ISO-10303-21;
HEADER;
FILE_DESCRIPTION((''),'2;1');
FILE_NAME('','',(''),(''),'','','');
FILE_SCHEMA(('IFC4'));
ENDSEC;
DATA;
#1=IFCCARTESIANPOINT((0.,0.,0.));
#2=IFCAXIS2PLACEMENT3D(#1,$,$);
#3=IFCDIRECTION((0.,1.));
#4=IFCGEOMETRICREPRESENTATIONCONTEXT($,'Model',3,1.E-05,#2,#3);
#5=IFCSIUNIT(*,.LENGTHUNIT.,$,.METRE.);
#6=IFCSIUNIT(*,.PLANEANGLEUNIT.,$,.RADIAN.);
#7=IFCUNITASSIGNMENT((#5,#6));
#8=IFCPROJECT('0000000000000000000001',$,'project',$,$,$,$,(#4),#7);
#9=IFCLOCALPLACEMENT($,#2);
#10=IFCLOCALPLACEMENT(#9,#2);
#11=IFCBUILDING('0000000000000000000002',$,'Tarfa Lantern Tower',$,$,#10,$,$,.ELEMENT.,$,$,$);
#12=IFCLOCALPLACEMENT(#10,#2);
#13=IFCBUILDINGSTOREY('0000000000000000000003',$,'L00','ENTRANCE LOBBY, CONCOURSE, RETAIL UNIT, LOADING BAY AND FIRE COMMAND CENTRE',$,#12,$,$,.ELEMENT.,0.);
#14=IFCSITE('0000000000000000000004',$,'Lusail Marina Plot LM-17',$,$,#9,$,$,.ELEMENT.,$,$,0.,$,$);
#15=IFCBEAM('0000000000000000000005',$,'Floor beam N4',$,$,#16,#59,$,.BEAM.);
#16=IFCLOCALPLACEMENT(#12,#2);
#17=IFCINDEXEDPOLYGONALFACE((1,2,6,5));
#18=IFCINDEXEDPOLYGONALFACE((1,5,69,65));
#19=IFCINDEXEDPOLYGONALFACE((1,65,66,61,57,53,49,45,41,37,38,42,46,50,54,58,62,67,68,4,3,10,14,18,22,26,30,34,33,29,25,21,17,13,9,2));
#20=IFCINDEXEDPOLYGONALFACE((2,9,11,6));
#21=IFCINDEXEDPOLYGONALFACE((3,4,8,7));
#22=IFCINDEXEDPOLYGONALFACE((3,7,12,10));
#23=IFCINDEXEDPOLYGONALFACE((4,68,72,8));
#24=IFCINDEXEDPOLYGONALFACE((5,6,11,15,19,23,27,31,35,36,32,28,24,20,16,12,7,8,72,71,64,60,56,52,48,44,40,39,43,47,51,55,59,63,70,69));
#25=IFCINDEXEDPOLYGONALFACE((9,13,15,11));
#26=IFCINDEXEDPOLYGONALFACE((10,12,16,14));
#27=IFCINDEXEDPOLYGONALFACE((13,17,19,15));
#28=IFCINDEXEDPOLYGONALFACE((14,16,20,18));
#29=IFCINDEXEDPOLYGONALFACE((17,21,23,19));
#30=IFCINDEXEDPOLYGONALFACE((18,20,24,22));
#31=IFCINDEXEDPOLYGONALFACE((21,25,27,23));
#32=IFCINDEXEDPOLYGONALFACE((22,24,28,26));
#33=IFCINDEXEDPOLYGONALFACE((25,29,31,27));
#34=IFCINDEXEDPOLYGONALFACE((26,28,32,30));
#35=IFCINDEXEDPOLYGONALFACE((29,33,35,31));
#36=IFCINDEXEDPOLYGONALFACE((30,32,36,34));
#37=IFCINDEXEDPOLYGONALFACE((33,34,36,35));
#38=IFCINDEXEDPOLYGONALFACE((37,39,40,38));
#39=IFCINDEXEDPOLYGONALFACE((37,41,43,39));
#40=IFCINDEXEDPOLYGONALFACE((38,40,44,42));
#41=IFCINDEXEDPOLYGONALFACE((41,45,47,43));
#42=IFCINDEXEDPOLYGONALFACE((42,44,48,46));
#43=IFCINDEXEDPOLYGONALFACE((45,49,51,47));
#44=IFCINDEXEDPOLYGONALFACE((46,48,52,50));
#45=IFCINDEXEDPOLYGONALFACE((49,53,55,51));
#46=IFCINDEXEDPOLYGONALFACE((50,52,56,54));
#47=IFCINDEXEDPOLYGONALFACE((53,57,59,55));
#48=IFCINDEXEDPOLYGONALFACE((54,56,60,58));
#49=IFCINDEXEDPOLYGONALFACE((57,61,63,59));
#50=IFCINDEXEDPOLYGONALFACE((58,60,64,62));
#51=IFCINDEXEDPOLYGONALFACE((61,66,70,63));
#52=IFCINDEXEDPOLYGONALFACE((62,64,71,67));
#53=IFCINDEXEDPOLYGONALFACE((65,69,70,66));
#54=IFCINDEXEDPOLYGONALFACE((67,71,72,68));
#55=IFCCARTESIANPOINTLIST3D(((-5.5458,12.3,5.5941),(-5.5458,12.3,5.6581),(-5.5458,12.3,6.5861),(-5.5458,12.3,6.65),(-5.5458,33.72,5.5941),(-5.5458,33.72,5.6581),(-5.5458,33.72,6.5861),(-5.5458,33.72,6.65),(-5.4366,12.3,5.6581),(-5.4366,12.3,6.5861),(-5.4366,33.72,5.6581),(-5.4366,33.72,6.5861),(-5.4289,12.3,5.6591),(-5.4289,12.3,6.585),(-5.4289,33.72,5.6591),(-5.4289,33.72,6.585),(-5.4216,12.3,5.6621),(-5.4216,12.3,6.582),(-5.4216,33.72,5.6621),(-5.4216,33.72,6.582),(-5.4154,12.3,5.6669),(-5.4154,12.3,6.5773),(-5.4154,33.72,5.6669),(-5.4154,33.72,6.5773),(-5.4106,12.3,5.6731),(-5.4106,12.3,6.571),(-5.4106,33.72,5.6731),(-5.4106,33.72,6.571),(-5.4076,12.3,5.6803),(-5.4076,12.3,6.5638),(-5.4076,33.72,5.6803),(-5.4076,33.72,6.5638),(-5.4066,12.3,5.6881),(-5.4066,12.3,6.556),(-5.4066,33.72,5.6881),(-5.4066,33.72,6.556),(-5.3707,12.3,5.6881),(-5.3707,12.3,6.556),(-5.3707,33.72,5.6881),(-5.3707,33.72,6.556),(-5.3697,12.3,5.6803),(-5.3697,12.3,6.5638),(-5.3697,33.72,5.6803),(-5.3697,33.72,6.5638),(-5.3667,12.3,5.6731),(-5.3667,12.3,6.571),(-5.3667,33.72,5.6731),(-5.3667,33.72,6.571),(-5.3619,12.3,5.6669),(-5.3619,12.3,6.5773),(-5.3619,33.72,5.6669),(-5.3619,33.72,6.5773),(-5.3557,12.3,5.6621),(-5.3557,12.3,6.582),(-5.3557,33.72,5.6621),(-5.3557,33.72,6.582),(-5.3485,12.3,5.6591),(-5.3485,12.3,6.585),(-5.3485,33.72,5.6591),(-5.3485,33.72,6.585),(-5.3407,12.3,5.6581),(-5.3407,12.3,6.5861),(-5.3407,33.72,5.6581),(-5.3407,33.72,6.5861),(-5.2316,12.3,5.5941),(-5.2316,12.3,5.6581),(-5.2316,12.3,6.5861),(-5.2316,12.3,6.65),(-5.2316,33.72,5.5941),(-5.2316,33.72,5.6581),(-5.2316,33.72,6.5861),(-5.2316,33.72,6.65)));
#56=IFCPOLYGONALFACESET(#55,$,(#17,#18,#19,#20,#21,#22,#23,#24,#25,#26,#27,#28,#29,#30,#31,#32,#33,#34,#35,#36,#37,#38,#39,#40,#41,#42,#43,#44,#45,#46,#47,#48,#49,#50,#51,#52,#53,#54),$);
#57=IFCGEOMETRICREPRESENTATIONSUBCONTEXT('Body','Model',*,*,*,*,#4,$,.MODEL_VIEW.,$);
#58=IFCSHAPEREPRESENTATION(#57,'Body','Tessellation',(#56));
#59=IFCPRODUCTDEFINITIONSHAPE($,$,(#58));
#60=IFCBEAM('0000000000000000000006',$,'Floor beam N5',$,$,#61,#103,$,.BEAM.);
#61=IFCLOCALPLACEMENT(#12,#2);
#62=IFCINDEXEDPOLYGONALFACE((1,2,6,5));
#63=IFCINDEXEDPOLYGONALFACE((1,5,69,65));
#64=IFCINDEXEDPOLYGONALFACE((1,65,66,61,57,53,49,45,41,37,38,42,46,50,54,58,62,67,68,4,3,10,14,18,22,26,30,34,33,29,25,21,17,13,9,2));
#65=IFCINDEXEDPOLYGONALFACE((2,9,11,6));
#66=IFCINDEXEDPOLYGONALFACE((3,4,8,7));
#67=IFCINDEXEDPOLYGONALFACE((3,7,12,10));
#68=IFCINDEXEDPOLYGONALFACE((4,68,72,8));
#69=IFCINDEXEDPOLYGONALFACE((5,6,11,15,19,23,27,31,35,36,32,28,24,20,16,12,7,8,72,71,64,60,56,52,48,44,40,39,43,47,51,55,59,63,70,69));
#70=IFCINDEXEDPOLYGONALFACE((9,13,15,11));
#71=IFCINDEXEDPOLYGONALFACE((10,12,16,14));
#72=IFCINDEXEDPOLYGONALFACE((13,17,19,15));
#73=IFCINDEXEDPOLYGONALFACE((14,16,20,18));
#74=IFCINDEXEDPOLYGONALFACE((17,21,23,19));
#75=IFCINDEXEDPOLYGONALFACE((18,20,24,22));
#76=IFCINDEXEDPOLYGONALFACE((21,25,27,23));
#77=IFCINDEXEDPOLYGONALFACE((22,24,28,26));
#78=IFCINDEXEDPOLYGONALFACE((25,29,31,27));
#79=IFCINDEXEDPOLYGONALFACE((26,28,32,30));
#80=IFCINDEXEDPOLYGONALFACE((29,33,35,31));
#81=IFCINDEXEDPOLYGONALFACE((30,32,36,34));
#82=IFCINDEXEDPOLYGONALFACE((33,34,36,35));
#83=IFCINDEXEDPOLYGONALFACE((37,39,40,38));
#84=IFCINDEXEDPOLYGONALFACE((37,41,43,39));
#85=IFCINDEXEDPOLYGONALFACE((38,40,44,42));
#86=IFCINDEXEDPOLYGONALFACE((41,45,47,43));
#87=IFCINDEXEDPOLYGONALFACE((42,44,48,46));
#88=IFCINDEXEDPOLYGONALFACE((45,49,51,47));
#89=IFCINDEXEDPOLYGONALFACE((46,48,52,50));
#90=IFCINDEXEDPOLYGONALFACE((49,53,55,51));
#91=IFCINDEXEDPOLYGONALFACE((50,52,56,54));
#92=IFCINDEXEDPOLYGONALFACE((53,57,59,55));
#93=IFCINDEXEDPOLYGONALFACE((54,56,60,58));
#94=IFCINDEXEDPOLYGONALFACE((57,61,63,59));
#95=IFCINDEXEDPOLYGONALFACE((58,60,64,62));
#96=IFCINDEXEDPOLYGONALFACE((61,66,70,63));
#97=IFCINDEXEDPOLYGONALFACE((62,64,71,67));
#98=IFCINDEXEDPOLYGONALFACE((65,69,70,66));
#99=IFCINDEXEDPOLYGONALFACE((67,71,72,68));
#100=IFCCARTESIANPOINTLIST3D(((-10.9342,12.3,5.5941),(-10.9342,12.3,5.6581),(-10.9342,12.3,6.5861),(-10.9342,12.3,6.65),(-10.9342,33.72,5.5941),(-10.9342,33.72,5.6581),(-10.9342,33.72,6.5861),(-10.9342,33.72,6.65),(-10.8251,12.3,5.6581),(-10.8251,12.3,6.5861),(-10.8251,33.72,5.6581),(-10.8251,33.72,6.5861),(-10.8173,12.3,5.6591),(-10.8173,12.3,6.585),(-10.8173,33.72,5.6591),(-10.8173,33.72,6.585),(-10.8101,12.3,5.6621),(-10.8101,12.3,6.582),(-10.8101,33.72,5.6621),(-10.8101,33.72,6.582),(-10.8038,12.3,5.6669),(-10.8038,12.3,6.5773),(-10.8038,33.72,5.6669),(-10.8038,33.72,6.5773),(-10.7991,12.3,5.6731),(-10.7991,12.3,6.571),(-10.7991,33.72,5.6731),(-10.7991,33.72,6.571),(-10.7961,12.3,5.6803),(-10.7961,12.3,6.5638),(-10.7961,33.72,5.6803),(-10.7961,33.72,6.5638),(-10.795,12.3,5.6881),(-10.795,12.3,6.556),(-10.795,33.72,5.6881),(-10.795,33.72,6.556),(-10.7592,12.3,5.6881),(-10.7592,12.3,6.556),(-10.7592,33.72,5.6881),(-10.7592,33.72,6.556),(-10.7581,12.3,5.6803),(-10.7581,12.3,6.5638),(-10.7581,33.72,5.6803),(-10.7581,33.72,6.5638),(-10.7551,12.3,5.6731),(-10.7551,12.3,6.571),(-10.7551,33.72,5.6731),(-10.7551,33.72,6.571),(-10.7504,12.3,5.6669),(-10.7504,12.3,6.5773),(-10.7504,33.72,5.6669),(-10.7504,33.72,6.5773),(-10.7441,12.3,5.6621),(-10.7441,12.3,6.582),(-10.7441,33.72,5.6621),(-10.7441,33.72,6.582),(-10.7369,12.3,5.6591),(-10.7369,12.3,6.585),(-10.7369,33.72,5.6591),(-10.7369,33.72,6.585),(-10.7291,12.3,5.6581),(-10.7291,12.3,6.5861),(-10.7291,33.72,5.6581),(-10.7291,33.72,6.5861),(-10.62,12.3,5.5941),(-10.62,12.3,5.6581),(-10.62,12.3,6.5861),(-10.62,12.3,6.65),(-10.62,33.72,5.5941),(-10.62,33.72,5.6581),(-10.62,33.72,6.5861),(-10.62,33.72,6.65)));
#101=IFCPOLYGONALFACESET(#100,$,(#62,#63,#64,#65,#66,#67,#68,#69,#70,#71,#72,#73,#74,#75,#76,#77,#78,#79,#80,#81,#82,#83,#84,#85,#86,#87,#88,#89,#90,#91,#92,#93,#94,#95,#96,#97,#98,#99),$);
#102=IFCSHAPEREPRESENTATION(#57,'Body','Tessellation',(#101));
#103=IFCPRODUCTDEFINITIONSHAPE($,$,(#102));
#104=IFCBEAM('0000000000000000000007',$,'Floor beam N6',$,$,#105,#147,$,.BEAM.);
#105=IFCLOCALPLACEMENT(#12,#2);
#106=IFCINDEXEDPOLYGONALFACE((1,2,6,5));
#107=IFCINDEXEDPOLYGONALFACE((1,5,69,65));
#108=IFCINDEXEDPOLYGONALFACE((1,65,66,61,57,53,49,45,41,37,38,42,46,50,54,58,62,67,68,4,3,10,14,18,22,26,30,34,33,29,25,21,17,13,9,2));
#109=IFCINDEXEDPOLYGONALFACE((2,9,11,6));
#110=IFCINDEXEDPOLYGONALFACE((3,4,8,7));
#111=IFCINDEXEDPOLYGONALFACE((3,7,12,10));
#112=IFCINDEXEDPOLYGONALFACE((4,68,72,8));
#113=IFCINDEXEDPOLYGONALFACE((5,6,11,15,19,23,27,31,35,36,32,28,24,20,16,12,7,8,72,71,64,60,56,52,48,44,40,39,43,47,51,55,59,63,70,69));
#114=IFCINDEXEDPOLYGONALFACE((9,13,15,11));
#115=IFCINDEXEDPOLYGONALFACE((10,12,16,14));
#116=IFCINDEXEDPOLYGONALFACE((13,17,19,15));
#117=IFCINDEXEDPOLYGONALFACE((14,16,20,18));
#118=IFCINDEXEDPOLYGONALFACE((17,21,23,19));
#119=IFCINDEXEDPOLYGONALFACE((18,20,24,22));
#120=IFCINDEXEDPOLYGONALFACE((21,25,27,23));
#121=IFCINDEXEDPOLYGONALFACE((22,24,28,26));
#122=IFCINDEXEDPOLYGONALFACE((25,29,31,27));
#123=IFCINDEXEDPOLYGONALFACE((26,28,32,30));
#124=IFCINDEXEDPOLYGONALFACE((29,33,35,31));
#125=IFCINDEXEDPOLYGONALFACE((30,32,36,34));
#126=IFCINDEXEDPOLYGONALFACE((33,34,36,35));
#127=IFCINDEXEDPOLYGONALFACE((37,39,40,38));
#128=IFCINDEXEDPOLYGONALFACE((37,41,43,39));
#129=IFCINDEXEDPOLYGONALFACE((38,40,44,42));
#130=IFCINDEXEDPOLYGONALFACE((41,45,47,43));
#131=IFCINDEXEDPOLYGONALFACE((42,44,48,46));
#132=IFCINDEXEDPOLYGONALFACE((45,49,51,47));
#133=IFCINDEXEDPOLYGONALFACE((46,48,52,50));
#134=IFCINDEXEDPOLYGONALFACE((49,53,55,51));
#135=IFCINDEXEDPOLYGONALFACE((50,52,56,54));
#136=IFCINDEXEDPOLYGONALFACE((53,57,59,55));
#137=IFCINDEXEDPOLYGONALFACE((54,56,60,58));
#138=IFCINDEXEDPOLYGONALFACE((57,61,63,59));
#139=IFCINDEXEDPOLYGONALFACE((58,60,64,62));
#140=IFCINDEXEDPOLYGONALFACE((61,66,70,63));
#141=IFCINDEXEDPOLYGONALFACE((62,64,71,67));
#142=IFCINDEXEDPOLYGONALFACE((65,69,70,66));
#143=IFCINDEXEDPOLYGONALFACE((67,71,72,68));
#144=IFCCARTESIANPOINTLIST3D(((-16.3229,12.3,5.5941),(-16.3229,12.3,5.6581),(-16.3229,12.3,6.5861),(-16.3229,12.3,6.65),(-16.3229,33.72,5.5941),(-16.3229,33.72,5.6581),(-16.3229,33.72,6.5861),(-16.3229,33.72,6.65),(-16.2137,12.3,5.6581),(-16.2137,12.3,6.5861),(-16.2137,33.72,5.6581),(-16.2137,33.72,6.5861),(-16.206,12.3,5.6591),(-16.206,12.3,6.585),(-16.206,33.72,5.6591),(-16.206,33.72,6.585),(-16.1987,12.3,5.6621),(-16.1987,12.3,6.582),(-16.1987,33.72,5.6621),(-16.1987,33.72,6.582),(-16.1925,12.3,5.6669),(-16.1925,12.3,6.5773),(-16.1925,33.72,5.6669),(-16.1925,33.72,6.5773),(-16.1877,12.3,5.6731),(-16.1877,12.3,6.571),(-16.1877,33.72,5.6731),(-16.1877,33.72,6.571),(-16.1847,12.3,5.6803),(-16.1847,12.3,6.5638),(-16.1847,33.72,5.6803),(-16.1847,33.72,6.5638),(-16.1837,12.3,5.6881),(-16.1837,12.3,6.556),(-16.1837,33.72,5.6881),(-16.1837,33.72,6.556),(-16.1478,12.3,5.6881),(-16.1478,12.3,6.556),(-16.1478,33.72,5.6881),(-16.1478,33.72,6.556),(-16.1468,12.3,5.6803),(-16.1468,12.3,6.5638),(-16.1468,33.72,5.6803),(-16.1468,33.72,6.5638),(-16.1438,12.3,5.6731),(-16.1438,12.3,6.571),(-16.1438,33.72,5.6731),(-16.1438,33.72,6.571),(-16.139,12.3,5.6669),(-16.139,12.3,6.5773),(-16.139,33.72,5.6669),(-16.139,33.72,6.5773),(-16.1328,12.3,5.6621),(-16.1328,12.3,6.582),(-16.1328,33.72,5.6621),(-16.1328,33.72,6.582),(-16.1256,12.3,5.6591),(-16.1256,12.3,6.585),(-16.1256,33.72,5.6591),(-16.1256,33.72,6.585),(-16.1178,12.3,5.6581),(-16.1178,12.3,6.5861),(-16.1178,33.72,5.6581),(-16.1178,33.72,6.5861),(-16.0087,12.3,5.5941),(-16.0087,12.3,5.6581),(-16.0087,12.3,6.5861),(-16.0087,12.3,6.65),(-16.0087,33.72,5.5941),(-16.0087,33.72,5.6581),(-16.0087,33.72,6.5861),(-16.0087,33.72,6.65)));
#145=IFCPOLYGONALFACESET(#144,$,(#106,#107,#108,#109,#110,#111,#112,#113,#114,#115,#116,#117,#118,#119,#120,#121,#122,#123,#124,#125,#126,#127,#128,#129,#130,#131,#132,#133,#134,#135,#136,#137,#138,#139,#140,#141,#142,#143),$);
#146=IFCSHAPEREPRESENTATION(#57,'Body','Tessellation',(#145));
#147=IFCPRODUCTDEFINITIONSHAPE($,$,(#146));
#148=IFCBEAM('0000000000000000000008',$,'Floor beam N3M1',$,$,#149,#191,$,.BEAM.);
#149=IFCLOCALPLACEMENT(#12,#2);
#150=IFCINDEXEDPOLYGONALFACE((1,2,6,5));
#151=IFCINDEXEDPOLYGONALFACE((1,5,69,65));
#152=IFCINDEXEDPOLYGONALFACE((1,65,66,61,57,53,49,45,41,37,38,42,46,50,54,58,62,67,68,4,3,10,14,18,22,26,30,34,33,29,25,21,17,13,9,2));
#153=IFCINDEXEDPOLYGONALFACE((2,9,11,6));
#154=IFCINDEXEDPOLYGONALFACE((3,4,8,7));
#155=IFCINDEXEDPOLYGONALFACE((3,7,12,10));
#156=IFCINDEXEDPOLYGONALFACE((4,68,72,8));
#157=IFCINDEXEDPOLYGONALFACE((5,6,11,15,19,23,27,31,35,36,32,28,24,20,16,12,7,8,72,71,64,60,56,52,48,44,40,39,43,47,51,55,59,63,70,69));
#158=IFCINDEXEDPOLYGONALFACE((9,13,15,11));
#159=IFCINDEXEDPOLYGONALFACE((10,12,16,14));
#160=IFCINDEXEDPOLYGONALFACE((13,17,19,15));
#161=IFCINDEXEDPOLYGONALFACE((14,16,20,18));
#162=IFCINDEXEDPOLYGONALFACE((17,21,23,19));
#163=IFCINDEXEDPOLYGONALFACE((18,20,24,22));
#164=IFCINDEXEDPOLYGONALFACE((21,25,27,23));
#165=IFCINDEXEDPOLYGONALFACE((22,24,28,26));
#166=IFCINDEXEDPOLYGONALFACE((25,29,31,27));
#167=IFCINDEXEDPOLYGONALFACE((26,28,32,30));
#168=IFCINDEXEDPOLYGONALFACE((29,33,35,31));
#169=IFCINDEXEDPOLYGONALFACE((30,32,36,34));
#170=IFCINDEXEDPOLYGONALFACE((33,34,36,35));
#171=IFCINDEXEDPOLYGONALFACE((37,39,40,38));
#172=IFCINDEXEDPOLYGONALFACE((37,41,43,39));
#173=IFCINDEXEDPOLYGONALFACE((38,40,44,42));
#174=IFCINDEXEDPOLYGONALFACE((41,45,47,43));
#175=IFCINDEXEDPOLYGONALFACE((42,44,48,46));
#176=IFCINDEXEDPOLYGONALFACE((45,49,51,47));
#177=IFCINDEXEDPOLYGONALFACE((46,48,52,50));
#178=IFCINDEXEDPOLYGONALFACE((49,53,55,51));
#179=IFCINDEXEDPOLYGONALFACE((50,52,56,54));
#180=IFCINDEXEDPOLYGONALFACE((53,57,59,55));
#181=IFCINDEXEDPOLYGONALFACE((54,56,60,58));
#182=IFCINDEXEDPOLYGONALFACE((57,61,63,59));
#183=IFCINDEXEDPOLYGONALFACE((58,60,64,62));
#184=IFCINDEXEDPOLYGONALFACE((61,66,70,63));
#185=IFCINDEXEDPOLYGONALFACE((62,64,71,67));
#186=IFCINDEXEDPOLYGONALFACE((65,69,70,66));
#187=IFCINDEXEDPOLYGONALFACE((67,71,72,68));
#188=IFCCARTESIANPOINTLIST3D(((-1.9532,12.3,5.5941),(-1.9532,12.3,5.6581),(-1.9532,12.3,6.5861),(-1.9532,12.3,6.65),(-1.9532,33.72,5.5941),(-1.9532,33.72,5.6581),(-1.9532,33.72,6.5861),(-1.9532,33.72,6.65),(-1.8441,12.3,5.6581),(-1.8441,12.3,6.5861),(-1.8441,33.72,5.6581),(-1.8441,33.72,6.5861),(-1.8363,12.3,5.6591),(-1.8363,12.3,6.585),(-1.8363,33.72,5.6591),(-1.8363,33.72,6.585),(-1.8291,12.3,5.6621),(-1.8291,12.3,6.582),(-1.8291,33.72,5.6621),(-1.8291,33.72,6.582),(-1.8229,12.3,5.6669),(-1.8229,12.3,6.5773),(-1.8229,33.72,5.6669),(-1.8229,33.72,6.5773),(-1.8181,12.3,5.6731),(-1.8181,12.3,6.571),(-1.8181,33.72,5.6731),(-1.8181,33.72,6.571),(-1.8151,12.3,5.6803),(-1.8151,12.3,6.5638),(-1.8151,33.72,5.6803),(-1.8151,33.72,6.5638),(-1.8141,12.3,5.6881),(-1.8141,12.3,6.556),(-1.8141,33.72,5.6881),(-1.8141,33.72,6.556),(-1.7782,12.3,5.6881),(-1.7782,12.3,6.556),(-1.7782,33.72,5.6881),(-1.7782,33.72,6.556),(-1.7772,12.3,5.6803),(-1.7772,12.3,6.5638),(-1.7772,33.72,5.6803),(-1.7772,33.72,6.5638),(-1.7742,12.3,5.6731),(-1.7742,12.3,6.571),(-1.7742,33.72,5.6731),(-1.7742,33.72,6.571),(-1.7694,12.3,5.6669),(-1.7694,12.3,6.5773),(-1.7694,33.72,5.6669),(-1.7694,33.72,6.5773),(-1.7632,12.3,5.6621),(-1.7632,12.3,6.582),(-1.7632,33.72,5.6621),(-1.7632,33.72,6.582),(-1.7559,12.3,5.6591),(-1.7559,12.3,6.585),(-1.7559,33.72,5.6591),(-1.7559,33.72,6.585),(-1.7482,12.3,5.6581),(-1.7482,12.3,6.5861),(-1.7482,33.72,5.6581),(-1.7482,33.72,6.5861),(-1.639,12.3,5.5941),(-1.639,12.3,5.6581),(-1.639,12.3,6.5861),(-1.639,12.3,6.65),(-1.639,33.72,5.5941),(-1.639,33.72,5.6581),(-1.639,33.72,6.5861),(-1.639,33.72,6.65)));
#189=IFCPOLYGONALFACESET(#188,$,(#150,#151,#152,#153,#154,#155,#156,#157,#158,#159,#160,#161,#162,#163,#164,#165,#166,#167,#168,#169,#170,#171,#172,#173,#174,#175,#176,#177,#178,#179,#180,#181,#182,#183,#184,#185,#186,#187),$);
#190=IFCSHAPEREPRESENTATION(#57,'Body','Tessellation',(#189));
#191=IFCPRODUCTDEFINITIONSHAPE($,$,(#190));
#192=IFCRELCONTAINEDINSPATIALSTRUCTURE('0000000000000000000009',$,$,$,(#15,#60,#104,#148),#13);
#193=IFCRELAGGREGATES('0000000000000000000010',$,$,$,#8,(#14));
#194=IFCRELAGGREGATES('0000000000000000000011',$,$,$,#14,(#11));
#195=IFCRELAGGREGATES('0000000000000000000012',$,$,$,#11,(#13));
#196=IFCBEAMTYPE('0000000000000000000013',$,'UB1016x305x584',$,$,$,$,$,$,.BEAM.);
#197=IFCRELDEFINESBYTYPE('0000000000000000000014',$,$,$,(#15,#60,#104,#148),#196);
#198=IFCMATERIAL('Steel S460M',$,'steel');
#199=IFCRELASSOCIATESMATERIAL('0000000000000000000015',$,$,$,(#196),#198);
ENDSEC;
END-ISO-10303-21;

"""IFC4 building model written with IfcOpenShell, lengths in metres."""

from ifc_helpers import new_model, si_unit, direction, frame, origin, origin_2d, place, context, subcontext, project, spatial, i_section, extrude, material, material_profile, profile_set, type_object, element, save


model = new_model("IFC4")

# Units and contexts
model_context = context("Model", 3, precision=1e-05, world=origin(), true_north=direction((0.0, 1.0)))
body_context = subcontext(model_context, "Body", "Model", "MODEL_VIEW")
ifc_project = project(units=[si_unit("LENGTHUNIT", "METRE"), si_unit("PLANEANGLEUNIT", "RADIAN")], contexts=[model_context])

# Site, building, storey
site_placement = place(None, origin())
site = spatial("IfcSite", under=ifc_project, at=site_placement, Name="Lusail Marina Plot LM-17", CompositionType="ELEMENT", RefElevation=0.0)
building_placement = place(site_placement, origin())
building = spatial("IfcBuilding", under=site, at=building_placement, Name="Tarfa Lantern Tower", CompositionType="ELEMENT")
storey_placement = place(building_placement, origin())
storey = spatial("IfcBuildingStorey", under=building, at=storey_placement, Name="L00", Description="ENTRANCE LOBBY, CONCOURSE, RETAIL UNIT, LOADING BAY AND FIRE COMMAND CENTRE", CompositionType="ELEMENT", Elevation=0.0)

# Beams
ifc_material_1 = material(Name="Steel S460M", Category="steel")
ifc_material_profile_1 = material_profile(ifc_material_1, i_section(OverallWidth=0.3142, OverallDepth=1.0559, WebThickness=0.0359, FlangeThickness=0.064, FilletRadius=0.03, at=origin_2d()), Name="UB1016x305x584")
ifc_profile_set_1 = profile_set([ifc_material_profile_1], Name="Steel S460M")
beam_type_1 = type_object("IfcBeamType", Name="UB1016x305x584", PredefinedType="BEAM", material=ifc_profile_set_1)
for number, where, z_axis, x_axis, name in (
    (1, (-5.3887, 33.72, 6.1221), (0.0, -1.0, 0.0), (1.0, 0.0, 0.0), "Floor beam N4"),
    (2, (-10.7771, 33.72, 6.1221), (0.0, -1.0, 0.0), (1.0, 0.0, 0.0), "Floor beam N5"),
    (3, (-16.1658, 33.72, 6.1221), (0.0, -1.0, 0.0), (1.0, 0.0, 0.0), "Floor beam N6"),
    (4, (-1.7961, 33.72, 6.1221), (0.0, -1.0, 0.0), (1.0, 0.0, 0.0), "Floor beam N3M1"),
):
    element("IfcBeam", number, at=place(storey_placement, frame(where, z_axis=z_axis, x_axis=x_axis)), inside=storey, type_object=beam_type_1, Name=name, PredefinedType="BEAM", context=body_context, shape_type="SweptSolid", body=[
        extrude(i_section(OverallWidth=0.3142, OverallDepth=1.0559, WebThickness=0.0359, FlangeThickness=0.064, FilletRadius=0.03, at=origin_2d()), origin(), (0.0, 0.0, 1.0), 21.4199),
    ])

save(model, "model.ifc")
